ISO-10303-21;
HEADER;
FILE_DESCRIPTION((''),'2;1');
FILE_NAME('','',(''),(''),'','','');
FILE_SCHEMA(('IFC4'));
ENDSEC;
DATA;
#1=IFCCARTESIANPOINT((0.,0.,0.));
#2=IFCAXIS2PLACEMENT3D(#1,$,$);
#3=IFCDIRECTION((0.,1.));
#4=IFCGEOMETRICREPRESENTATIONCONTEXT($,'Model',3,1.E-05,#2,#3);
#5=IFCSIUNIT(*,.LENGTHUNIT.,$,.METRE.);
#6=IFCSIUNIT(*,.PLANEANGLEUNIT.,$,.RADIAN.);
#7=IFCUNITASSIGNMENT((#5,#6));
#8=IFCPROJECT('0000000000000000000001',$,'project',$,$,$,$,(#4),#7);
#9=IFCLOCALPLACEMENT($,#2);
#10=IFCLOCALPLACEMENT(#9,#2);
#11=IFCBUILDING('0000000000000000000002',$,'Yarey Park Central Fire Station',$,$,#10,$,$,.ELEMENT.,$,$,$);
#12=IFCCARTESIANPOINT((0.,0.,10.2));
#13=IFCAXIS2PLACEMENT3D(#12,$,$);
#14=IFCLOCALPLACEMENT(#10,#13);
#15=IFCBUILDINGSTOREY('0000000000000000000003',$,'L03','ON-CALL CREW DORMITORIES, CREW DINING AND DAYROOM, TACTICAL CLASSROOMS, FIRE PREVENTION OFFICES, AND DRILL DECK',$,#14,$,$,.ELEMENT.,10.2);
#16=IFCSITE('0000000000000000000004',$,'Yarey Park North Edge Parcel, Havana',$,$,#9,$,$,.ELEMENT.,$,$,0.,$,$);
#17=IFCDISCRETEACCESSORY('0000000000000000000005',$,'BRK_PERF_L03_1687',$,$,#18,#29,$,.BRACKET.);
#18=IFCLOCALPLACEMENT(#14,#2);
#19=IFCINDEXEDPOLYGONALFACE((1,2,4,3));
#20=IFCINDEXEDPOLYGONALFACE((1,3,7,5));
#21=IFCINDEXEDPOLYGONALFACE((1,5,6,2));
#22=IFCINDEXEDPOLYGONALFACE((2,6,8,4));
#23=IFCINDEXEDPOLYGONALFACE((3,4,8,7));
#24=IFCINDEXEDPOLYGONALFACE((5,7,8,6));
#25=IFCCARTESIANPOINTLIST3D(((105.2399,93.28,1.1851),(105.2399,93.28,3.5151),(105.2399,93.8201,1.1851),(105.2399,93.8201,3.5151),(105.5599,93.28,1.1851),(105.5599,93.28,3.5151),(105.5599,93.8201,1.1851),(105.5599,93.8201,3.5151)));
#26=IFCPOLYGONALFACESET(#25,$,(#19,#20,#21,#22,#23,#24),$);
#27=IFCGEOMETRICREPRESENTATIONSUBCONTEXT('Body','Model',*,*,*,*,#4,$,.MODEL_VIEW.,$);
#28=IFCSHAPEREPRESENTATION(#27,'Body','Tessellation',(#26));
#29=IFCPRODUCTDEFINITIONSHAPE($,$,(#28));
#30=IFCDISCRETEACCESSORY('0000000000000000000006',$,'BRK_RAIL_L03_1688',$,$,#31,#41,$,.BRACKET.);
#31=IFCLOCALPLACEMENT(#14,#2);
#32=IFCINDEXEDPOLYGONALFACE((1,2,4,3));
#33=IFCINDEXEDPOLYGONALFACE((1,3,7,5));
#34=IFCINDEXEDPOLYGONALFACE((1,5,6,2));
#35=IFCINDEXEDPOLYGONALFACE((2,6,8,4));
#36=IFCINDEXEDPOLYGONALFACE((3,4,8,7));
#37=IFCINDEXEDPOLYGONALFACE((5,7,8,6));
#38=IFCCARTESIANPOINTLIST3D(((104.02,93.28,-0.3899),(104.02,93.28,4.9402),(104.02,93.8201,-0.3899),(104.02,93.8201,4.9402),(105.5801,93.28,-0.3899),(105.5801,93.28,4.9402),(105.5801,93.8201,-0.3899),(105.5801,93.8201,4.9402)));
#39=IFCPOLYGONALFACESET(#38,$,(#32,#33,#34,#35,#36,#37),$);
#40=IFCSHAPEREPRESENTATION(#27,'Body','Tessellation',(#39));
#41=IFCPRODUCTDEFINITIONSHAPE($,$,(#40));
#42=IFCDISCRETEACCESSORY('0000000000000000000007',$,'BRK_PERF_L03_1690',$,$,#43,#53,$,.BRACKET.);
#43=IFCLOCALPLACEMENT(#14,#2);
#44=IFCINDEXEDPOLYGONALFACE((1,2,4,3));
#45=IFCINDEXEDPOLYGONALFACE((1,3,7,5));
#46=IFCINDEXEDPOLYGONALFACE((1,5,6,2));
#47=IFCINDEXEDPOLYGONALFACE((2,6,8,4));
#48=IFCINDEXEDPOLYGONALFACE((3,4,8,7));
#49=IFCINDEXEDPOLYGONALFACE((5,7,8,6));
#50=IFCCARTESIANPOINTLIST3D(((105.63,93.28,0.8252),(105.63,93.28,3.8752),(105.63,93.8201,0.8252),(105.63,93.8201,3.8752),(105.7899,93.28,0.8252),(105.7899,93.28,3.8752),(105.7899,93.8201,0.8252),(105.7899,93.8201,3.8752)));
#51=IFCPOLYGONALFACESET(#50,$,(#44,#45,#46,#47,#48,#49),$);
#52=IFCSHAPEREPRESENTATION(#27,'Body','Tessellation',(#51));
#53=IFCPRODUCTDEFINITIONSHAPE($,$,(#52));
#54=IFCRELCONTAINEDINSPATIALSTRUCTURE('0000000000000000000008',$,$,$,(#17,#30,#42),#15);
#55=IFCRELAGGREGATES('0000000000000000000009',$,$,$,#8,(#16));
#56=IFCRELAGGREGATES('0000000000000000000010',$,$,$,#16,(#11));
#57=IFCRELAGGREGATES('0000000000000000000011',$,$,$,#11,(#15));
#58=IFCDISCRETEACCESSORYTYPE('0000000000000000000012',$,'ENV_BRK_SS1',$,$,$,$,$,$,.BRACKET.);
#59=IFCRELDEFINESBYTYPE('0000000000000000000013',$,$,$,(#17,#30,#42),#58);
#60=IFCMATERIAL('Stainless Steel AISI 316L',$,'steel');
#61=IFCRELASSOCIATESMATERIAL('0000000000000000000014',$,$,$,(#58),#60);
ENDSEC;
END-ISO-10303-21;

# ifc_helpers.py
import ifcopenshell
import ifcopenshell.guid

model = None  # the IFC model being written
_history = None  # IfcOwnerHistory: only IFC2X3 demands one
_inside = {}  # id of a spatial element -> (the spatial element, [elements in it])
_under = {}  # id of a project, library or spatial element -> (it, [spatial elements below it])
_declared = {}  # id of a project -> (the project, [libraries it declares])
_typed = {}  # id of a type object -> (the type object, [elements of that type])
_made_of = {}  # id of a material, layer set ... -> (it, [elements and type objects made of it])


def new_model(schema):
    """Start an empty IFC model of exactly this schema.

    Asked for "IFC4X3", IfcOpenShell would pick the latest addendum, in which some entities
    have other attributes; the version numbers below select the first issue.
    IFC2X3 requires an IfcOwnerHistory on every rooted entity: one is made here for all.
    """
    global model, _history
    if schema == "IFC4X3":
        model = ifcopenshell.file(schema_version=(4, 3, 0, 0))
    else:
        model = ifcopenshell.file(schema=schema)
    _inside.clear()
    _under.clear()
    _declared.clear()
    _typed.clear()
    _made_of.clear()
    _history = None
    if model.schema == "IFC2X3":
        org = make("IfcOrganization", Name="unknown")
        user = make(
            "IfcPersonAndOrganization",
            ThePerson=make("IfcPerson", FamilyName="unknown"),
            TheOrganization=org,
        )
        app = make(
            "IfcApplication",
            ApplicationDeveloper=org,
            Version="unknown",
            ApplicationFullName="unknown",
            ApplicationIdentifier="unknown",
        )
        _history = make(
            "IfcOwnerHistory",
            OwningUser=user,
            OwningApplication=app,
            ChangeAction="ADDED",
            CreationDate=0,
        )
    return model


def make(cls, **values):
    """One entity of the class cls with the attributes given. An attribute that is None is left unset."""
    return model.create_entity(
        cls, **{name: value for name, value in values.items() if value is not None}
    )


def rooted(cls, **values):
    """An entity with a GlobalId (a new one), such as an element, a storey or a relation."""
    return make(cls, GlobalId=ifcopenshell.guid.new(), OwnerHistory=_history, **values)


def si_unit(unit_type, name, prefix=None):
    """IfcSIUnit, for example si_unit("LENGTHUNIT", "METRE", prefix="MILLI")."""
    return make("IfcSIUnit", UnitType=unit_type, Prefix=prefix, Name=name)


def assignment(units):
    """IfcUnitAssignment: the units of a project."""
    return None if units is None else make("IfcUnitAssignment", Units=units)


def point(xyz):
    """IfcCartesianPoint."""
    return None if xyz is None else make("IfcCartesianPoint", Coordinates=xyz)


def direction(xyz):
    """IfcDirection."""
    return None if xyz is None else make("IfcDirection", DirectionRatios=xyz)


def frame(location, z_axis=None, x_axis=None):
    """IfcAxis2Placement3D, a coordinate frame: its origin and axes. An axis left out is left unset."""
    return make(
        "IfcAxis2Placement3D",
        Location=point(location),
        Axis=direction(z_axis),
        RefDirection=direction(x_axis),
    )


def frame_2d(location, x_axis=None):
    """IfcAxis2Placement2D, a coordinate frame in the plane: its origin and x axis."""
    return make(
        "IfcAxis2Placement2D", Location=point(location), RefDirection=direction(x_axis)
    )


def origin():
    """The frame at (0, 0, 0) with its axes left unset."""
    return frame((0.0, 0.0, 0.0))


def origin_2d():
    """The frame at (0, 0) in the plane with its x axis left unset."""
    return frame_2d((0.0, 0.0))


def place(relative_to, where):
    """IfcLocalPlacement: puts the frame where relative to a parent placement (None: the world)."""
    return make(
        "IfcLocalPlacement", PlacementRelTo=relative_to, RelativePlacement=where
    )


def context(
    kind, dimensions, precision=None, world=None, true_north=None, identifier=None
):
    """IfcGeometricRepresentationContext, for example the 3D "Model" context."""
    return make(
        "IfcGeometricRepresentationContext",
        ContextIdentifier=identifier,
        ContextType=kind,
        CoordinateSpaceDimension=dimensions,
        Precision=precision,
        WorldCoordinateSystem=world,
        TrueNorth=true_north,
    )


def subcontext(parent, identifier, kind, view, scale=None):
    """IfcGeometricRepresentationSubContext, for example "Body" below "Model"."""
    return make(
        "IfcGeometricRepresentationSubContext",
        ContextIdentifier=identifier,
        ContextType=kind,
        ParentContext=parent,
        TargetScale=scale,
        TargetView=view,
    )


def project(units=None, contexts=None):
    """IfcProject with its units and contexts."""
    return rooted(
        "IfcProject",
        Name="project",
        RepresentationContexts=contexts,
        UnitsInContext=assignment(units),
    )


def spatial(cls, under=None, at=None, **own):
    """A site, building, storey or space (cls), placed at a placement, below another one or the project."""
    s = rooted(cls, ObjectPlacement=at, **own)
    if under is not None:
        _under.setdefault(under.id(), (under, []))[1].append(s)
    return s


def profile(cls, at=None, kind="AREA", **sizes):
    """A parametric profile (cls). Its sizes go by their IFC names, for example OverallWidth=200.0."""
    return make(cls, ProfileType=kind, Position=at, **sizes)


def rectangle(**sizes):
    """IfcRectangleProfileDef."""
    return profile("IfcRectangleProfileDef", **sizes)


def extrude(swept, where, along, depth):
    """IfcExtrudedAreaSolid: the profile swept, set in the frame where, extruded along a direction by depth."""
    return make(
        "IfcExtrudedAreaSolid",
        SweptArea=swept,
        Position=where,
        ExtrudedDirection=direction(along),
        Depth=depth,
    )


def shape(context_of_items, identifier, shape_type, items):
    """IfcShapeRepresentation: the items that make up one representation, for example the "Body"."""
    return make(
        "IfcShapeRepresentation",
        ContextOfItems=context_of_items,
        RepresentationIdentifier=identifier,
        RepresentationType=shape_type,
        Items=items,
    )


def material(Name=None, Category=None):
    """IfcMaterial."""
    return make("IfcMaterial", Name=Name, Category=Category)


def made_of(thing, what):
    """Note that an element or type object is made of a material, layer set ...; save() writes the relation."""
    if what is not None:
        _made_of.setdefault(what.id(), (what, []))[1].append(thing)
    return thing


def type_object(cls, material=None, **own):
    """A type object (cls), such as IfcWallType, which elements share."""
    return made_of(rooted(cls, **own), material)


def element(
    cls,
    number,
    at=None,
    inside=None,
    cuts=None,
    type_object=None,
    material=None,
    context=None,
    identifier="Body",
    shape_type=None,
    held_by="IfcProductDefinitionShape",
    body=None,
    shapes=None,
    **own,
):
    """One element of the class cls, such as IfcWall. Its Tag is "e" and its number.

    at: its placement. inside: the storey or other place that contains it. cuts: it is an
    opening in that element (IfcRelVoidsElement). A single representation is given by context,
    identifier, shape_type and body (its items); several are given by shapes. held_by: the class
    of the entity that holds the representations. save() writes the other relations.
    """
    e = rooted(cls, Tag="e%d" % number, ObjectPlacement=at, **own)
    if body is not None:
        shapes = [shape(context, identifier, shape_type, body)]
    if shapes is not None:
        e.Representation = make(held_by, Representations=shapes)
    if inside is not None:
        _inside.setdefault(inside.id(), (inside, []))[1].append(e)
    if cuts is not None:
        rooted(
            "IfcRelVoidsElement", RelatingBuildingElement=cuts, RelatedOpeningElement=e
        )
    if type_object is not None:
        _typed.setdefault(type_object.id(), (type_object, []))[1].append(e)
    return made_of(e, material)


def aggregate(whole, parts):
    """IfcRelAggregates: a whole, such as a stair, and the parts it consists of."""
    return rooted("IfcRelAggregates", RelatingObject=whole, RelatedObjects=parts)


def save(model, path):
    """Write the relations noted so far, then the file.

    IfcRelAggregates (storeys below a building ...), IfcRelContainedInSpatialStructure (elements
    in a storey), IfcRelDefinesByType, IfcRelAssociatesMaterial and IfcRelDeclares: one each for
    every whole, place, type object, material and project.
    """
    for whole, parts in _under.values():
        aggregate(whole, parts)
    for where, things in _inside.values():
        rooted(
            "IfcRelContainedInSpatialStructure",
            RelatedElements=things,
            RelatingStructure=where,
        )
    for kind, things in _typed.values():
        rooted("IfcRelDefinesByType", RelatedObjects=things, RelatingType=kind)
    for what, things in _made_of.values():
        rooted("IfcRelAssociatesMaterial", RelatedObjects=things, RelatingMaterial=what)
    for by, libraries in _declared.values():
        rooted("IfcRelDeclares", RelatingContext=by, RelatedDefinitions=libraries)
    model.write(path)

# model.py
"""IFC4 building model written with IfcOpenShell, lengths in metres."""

from ifc_helpers import new_model, si_unit, direction, frame, origin, origin_2d, place, context, subcontext, project, spatial, rectangle, extrude, material, type_object, element, save


model = new_model("IFC4")

# Units and contexts
model_context = context("Model", 3, precision=1e-05, world=origin(), true_north=direction((0.0, 1.0)))
body_context = subcontext(model_context, "Body", "Model", "MODEL_VIEW")
ifc_project = project(units=[si_unit("LENGTHUNIT", "METRE"), si_unit("PLANEANGLEUNIT", "RADIAN")], contexts=[model_context])

# Site, building, storey
site_placement = place(None, origin())
site = spatial("IfcSite", under=ifc_project, at=site_placement, Name="Yarey Park North Edge Parcel, Havana", CompositionType="ELEMENT", RefElevation=0.0)
building_placement = place(site_placement, origin())
building = spatial("IfcBuilding", under=site, at=building_placement, Name="Yarey Park Central Fire Station", CompositionType="ELEMENT")
storey_placement = place(building_placement, frame((0.0, 0.0, 10.2)))
storey = spatial("IfcBuildingStorey", under=building, at=storey_placement, Name="L03", Description="ON-CALL CREW DORMITORIES, CREW DINING AND DAYROOM, TACTICAL CLASSROOMS, FIRE PREVENTION OFFICES, AND DRILL DECK", CompositionType="ELEMENT", Elevation=10.2)

# Discrete accessories
ifc_material_1 = material(Name="Stainless Steel AISI 316L", Category="steel")
discrete_accessory_type = type_object("IfcDiscreteAccessoryType", Name="ENV_BRK_SS1", PredefinedType="BRACKET", material=ifc_material_1)
for number, where, z_axis, x_axis, name in (
    (1, (105.3999, 93.55, 1.1851), (0.0, 0.0, 1.0), (1.0, 0.0, 0.0), "BRK_PERF_L03_1687"),
):
    element("IfcDiscreteAccessory", number, at=place(storey_placement, frame(where, z_axis=z_axis, x_axis=x_axis)), inside=storey, type_object=discrete_accessory_type, Name=name, PredefinedType="BRACKET", context=body_context, shape_type="SweptSolid", body=[
        extrude(rectangle(XDim=0.3201, YDim=0.54, at=origin_2d()), origin(), (0.0, 0.0, 1.0), 2.3301),
    ])
discrete_accessory_1_placement = place(storey_placement, frame((104.8, 93.55, -0.3899), z_axis=(0.0, 0.0, 1.0), x_axis=(1.0, 0.0, 0.0)))
element("IfcDiscreteAccessory", 2, at=discrete_accessory_1_placement, inside=storey, type_object=discrete_accessory_type, Name="BRK_RAIL_L03_1688", PredefinedType="BRACKET", context=body_context, shape_type="SweptSolid", body=[
    extrude(rectangle(XDim=1.5601, YDim=0.54, at=origin_2d()), origin(), (0.0, 0.0, 1.0), 5.3301),
])
discrete_accessory_2_placement = place(storey_placement, frame((105.71, 93.55, 0.8252), z_axis=(0.0, 0.0, 1.0), x_axis=(1.0, 0.0, 0.0)))
element("IfcDiscreteAccessory", 3, at=discrete_accessory_2_placement, inside=storey, type_object=discrete_accessory_type, Name="BRK_PERF_L03_1690", PredefinedType="BRACKET", context=body_context, shape_type="SweptSolid", body=[
    extrude(rectangle(XDim=0.1599, YDim=0.54, at=origin_2d()), origin(), (0.0, 0.0, 1.0), 3.05),
])

save(model, "model.ifc")
